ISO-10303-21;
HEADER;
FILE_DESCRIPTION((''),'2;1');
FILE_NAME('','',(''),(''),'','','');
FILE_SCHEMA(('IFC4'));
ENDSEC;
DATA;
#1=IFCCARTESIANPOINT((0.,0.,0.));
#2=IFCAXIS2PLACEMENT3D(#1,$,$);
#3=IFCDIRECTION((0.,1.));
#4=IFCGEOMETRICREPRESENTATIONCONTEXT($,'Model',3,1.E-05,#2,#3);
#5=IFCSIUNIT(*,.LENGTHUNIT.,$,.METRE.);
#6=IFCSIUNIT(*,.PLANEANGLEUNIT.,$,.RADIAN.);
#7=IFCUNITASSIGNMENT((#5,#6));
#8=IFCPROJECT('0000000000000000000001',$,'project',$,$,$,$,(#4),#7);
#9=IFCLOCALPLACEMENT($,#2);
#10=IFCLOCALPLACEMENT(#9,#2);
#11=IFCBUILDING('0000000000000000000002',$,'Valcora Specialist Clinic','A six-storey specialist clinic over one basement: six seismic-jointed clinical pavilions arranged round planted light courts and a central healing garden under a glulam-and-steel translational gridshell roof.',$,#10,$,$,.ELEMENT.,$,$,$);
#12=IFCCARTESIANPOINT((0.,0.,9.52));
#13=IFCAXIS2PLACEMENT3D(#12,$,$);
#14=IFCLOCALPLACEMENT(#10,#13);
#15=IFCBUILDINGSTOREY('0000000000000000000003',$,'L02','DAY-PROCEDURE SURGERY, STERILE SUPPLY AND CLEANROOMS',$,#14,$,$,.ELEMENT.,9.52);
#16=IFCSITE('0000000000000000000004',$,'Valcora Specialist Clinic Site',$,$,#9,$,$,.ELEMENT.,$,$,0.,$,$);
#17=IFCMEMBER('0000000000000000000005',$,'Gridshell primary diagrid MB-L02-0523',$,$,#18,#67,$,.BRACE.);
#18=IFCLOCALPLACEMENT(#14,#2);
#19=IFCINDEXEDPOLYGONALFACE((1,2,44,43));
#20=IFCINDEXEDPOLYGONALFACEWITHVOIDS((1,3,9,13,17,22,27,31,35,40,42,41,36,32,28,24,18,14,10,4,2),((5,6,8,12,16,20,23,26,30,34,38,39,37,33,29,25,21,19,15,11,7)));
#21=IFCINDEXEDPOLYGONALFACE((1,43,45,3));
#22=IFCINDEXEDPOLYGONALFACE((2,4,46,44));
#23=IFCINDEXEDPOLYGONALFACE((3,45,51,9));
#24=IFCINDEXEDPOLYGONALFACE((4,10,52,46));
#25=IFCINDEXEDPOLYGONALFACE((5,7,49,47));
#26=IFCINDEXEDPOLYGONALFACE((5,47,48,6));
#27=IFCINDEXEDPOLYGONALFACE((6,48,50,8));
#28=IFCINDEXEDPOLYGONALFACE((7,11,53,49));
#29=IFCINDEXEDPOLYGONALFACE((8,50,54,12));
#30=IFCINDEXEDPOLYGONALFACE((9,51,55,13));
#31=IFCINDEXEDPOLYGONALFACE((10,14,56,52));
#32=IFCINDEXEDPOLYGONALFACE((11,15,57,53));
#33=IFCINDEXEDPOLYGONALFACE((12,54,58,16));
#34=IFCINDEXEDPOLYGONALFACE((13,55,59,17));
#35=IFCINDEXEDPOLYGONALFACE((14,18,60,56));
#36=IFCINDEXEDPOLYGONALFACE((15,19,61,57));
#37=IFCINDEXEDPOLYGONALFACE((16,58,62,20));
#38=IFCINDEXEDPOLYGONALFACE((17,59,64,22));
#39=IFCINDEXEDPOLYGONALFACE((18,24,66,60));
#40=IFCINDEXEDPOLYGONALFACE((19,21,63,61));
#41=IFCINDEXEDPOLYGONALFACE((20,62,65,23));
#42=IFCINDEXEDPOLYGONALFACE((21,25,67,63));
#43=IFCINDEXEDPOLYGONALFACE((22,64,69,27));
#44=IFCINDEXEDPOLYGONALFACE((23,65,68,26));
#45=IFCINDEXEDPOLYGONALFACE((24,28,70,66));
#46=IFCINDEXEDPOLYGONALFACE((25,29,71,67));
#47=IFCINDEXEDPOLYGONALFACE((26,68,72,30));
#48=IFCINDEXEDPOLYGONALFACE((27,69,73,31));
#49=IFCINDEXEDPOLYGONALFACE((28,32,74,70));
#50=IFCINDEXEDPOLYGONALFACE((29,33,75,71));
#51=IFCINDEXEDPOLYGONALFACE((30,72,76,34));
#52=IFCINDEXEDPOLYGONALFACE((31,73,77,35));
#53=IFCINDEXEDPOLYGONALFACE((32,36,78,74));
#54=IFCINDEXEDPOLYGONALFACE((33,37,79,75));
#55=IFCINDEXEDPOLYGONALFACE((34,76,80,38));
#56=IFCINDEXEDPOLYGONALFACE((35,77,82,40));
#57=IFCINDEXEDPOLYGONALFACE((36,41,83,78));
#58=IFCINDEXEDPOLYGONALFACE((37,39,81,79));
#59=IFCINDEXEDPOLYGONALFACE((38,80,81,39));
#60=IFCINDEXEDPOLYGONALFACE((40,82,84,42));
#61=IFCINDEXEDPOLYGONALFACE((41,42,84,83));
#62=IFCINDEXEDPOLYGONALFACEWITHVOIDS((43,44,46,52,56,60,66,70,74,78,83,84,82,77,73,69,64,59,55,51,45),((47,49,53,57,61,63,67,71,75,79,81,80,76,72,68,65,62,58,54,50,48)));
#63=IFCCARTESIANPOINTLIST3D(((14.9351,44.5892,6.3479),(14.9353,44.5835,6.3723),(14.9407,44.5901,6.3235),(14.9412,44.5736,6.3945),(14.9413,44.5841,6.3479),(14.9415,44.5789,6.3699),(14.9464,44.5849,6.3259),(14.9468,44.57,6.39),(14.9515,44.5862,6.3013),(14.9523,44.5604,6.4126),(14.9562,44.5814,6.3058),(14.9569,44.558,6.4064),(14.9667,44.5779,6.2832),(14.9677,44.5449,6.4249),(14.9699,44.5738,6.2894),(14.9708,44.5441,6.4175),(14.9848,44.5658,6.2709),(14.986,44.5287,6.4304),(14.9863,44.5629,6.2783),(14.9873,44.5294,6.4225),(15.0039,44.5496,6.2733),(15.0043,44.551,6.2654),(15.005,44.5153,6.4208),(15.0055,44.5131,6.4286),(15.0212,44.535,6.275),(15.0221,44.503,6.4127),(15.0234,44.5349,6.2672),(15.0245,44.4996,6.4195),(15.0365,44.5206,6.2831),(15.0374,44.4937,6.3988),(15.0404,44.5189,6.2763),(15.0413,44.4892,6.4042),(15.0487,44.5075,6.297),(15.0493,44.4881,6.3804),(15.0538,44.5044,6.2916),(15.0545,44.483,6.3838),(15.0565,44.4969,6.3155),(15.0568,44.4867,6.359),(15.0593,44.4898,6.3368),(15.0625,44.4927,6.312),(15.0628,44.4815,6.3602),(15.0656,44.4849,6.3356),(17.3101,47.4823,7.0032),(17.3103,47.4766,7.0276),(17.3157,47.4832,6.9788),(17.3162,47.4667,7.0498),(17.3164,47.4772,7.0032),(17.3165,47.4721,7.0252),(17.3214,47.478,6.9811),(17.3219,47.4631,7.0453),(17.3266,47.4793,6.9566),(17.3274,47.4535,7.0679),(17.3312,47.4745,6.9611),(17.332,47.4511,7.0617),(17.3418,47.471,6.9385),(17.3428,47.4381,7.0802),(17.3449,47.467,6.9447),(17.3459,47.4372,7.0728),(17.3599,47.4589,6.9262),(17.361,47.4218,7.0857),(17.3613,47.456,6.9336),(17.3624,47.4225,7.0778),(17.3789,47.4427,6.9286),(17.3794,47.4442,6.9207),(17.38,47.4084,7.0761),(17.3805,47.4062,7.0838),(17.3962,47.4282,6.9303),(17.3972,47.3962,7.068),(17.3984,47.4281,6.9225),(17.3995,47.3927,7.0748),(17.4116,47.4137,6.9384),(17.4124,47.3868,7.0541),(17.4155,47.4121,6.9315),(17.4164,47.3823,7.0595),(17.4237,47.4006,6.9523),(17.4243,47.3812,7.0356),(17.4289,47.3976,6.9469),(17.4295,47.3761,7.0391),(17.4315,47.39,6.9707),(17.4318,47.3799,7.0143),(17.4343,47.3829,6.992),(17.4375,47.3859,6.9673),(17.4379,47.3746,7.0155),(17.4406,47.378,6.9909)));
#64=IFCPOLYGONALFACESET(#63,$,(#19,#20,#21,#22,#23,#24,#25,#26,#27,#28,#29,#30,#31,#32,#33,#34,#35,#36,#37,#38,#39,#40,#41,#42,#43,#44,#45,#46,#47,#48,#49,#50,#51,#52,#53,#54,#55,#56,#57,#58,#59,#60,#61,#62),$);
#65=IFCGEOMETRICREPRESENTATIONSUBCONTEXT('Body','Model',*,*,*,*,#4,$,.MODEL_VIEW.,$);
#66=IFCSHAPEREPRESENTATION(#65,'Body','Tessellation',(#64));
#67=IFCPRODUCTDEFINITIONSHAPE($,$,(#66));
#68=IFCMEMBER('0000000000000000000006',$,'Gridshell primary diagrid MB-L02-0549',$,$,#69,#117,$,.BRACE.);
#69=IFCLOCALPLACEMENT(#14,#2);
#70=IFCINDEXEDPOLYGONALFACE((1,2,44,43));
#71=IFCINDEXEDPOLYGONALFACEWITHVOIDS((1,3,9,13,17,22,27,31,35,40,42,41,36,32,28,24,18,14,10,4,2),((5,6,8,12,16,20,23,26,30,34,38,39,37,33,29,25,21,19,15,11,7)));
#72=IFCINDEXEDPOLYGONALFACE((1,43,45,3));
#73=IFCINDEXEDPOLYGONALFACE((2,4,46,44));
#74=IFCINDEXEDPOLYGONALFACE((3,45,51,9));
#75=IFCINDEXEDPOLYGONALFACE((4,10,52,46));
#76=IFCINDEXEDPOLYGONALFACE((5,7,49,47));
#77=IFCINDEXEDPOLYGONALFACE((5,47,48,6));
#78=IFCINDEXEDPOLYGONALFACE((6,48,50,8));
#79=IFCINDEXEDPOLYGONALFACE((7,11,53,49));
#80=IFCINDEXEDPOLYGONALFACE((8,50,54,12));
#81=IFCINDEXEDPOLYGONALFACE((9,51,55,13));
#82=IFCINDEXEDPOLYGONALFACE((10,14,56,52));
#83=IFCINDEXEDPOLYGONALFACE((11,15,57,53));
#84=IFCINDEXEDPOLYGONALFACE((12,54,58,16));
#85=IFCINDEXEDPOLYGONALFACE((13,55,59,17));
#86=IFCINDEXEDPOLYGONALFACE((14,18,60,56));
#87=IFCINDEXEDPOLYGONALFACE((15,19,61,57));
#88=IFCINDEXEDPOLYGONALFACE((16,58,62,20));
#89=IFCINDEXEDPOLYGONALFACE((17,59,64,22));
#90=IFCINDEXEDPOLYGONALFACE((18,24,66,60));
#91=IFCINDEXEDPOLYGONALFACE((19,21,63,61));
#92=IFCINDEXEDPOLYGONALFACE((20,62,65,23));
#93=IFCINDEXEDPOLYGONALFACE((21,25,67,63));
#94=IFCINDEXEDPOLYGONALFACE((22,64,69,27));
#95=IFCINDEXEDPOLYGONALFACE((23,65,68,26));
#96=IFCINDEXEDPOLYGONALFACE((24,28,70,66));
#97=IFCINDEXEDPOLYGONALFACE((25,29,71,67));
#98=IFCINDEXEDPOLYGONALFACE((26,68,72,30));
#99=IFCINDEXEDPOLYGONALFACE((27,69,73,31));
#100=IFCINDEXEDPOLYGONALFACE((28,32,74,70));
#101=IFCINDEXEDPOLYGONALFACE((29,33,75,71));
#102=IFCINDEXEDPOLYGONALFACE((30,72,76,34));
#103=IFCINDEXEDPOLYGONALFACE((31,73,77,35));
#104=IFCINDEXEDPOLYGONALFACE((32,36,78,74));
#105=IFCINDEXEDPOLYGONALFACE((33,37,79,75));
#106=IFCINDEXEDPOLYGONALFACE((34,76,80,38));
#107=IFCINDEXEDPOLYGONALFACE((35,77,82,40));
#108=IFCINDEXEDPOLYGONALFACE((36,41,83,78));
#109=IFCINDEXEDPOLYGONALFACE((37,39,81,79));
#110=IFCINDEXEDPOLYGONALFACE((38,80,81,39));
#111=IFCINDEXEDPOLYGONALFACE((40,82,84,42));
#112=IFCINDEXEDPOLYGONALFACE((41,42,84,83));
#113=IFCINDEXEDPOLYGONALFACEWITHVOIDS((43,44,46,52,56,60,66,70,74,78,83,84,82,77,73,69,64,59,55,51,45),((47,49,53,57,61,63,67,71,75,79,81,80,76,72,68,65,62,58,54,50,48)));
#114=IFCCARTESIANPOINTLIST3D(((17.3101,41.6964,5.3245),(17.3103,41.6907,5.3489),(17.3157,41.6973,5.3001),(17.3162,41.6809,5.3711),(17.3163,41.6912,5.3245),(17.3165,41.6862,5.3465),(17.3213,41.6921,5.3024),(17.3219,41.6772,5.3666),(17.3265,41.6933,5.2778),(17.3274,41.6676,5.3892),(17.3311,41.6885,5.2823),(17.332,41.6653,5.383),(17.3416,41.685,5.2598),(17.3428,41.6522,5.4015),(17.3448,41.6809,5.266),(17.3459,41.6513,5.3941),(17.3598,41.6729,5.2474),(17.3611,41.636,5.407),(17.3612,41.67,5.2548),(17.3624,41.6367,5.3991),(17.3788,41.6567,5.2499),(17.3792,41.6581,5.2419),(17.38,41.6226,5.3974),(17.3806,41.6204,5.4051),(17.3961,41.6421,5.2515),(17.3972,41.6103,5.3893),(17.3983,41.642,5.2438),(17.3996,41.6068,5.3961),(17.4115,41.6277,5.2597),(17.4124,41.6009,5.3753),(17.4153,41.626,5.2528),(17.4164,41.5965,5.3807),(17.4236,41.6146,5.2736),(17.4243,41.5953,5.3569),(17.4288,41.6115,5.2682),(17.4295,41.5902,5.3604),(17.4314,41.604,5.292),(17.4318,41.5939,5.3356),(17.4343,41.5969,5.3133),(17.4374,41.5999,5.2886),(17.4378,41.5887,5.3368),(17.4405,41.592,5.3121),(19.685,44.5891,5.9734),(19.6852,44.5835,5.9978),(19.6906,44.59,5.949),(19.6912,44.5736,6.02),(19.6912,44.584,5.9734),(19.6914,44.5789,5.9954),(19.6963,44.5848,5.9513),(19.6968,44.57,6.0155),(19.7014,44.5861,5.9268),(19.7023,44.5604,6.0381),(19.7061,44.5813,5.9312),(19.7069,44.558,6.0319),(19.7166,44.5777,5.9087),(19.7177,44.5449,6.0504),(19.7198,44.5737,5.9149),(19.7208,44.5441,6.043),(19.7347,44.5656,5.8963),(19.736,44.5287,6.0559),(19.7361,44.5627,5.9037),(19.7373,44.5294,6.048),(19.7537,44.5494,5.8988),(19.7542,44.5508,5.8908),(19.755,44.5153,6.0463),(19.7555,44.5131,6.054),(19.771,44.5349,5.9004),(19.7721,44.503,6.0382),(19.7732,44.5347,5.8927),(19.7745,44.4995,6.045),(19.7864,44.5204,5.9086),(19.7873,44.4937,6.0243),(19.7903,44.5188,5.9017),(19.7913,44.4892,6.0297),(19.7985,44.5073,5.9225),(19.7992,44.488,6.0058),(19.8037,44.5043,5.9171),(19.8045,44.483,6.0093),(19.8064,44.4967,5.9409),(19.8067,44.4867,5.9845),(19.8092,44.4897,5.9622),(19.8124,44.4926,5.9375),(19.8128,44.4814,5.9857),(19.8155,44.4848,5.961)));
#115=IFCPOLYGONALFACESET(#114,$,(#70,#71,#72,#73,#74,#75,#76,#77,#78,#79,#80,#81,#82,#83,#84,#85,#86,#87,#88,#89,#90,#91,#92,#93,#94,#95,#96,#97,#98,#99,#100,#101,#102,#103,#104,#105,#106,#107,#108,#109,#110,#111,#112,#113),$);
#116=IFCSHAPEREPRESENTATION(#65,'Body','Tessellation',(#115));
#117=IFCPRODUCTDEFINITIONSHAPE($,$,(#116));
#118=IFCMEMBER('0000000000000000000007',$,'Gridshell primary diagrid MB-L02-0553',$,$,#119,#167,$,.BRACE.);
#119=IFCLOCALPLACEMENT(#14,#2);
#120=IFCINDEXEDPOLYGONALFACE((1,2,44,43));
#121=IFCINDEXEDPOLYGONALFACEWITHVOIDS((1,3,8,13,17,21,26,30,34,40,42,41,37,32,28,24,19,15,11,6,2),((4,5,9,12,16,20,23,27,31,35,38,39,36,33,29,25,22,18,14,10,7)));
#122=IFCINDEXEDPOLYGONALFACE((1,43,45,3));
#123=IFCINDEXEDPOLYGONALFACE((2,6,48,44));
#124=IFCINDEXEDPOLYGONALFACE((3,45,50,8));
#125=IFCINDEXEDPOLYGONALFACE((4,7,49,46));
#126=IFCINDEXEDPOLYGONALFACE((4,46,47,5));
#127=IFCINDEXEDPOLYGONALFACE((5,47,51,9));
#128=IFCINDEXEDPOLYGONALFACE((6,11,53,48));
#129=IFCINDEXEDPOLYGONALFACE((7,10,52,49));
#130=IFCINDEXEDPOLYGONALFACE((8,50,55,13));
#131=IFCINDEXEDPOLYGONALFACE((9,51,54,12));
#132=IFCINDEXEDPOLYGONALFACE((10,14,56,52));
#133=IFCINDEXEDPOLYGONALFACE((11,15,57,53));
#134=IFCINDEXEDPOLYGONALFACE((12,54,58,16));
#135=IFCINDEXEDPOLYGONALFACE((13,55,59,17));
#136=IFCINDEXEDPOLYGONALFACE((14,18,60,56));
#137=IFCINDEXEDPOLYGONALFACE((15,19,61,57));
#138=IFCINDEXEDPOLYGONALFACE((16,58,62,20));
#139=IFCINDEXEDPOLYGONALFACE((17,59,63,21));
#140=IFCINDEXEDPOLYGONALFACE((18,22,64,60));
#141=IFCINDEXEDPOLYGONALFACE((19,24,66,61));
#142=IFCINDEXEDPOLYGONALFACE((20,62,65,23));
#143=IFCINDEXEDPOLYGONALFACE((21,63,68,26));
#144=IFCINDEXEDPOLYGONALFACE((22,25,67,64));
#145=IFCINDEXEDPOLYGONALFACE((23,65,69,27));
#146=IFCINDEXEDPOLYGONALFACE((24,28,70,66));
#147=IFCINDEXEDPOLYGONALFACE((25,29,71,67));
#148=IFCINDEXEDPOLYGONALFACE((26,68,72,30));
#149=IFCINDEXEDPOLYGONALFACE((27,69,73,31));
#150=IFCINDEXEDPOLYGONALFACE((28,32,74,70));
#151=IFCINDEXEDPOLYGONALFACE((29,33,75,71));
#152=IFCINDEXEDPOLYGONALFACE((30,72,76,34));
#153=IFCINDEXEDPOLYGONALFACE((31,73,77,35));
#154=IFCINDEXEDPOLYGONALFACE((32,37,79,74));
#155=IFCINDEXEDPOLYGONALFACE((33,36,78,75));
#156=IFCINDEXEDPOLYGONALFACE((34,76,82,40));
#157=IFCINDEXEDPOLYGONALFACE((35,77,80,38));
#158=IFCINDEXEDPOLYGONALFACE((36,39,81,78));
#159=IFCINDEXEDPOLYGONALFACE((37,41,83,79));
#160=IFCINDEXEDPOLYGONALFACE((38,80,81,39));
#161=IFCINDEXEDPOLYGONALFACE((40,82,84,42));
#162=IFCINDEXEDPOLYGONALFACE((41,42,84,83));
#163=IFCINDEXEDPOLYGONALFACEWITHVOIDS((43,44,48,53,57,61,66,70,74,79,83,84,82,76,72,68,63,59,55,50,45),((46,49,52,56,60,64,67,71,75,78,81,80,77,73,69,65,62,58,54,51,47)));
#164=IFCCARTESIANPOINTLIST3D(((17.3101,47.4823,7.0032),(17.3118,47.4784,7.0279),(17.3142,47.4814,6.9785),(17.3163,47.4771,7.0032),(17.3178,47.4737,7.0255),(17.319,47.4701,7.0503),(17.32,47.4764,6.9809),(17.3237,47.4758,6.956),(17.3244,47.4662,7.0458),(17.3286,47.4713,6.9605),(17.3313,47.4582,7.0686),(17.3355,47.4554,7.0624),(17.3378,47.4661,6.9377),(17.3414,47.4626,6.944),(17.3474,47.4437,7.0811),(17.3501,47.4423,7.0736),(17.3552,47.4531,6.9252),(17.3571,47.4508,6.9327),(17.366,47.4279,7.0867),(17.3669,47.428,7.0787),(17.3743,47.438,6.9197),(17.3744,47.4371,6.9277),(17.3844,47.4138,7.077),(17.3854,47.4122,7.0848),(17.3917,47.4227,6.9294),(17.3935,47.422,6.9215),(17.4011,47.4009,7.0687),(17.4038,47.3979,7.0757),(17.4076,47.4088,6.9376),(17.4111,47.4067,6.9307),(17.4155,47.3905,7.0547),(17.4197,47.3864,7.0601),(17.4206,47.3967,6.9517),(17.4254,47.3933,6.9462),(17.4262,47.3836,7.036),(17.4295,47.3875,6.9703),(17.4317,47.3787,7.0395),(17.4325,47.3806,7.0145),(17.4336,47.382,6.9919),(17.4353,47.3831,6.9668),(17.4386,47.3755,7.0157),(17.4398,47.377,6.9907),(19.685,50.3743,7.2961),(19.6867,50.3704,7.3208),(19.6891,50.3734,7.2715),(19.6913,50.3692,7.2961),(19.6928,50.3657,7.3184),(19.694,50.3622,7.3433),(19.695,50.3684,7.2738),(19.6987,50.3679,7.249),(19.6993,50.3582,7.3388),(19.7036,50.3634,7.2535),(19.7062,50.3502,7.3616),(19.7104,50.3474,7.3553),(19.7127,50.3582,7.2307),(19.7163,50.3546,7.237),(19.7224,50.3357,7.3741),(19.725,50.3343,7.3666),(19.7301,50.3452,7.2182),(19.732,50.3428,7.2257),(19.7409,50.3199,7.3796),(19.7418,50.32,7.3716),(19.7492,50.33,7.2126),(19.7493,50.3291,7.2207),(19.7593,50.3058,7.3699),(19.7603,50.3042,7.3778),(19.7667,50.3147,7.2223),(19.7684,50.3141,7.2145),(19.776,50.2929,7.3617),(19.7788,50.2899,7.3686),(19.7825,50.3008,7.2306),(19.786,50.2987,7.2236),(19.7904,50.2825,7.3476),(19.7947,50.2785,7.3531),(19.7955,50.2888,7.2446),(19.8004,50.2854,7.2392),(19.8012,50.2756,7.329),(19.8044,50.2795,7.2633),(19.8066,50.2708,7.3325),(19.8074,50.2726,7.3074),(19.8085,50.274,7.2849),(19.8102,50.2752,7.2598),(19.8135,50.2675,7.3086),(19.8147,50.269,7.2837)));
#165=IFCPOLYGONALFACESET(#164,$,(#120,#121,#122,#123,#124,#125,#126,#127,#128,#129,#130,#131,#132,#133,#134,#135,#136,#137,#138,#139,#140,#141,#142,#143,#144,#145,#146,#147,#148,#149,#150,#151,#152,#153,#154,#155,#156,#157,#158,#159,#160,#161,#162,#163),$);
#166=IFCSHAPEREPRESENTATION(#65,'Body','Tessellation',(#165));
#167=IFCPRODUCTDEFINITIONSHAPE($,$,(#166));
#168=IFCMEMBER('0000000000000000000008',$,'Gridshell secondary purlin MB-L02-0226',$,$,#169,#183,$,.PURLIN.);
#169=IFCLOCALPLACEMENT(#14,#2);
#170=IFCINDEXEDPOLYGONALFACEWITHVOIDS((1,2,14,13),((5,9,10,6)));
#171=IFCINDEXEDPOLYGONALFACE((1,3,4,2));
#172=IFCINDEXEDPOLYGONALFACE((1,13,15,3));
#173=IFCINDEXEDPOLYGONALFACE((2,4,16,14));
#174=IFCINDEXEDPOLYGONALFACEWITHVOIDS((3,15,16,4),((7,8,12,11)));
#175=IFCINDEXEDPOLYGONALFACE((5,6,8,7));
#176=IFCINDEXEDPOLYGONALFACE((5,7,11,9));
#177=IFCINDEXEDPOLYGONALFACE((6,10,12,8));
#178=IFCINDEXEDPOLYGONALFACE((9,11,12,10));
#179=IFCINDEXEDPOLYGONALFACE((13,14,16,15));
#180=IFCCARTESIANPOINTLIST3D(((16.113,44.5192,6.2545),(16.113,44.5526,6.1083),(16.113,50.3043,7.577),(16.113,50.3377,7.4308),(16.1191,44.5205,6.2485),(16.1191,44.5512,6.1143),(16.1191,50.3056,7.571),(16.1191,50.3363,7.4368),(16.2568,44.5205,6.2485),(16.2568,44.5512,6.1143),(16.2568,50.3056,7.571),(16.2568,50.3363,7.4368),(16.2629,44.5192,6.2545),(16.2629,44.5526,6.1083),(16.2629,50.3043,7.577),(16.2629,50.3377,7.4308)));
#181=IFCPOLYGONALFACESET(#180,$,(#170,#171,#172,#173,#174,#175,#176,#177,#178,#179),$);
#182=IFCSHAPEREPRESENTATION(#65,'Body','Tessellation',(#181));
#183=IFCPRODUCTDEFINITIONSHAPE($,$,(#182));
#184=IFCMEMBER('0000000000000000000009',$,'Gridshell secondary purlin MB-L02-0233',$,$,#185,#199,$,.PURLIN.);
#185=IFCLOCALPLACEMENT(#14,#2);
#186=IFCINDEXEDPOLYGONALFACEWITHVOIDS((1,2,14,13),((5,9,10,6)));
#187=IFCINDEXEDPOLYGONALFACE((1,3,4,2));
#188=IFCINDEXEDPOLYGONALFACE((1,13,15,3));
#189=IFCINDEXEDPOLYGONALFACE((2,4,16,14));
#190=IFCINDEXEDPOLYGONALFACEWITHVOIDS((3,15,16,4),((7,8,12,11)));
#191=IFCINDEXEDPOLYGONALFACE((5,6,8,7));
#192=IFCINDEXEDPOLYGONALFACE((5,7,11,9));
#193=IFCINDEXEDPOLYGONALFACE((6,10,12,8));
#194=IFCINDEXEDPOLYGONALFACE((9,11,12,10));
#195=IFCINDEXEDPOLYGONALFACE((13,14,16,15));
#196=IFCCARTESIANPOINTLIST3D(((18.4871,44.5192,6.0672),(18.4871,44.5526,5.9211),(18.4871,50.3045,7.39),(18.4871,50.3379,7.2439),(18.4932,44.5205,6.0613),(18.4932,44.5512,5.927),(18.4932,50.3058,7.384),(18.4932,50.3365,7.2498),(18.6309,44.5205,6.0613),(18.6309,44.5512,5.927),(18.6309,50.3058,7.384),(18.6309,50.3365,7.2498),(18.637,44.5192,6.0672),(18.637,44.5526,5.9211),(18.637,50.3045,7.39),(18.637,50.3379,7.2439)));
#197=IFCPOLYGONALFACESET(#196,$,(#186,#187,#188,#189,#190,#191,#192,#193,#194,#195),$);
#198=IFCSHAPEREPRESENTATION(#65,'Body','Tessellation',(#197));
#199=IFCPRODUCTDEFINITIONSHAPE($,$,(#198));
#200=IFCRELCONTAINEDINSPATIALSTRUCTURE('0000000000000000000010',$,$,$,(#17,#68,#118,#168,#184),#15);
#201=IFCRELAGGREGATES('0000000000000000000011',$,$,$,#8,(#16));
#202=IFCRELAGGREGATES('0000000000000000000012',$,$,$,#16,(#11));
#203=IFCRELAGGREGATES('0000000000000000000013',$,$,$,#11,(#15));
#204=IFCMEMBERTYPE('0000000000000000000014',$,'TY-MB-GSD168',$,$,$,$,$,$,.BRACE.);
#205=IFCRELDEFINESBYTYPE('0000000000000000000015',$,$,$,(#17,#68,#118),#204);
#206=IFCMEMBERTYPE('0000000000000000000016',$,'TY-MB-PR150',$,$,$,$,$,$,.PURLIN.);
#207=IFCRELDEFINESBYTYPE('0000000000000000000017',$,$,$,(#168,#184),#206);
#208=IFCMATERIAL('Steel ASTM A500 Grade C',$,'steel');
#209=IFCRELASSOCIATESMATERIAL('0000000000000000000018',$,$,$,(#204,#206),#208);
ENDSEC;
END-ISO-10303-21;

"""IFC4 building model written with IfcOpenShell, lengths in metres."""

from ifc_helpers import new_model, si_unit, direction, frame, origin, origin_2d, place, context, subcontext, project, spatial, hollow_rectangle, hollow_circle, extrude, material, material_profile, profile_set, type_object, element, save


model = new_model("IFC4")

# Units and contexts
model_context = context("Model", 3, precision=1e-05, world=origin(), true_north=direction((0.0, 1.0)))
body_context = subcontext(model_context, "Body", "Model", "MODEL_VIEW")
ifc_project = project(units=[si_unit("LENGTHUNIT", "METRE"), si_unit("PLANEANGLEUNIT", "RADIAN")], contexts=[model_context])

# Site, building, storey
site_placement = place(None, origin())
site = spatial("IfcSite", under=ifc_project, at=site_placement, Name="Valcora Specialist Clinic Site", CompositionType="ELEMENT", RefElevation=0.0)
building_placement = place(site_placement, origin())
building = spatial("IfcBuilding", under=site, at=building_placement, Name="Valcora Specialist Clinic", Description="A six-storey specialist clinic over one basement: six seismic-jointed clinical pavilions arranged round planted light courts and a central healing garden under a glulam-and-steel translational gridshell roof.", CompositionType="ELEMENT")
storey_placement = place(building_placement, frame((0.0, 0.0, 9.52)))
storey = spatial("IfcBuildingStorey", under=building, at=storey_placement, Name="L02", Description="DAY-PROCEDURE SURGERY, STERILE SUPPLY AND CLEANROOMS", CompositionType="ELEMENT", Elevation=9.52)

# Members
ifc_material_1 = material(Name="Steel ASTM A500 Grade C", Category="steel")
ifc_material_profile_1 = material_profile(ifc_material_1, hollow_circle(Radius=0.084, WallThickness=0.0081, at=origin_2d()), Name="ST-CHS-168X8")
ifc_profile_set_1 = profile_set([ifc_material_profile_1], Name="Steel ASTM A500 Grade C")
member_type_1 = type_object("IfcMemberType", Name="TY-MB-GSD168", PredefinedType="BRACE", material=ifc_profile_set_1)
member_1_placement = place(storey_placement, frame((15.0, 44.5359, 6.3479), z_axis=(0.625003, 0.761337, 0.172441), x_axis=(-0.772916, 0.634508, 0.0)))
element("IfcMember", 1, at=member_1_placement, inside=storey, type_object=member_type_1, Name="Gridshell primary diagrid MB-L02-0523", PredefinedType="BRACE", context=body_context, shape_type="SweptSolid", body=[
    extrude(hollow_circle(Radius=0.084, WallThickness=0.0081, at=origin_2d()), origin(), (0.0, 0.0, 1.0), 3.8),
])
member_2_placement = place(storey_placement, frame((17.375, 41.6431, 5.3245), z_axis=(0.625213, 0.761529, 0.170828), x_axis=(-0.77289, 0.63454, 0.0)))
element("IfcMember", 2, at=member_2_placement, inside=storey, type_object=member_type_1, Name="Gridshell primary diagrid MB-L02-0549", PredefinedType="BRACE", context=body_context, shape_type="SweptSolid", body=[
    extrude(hollow_circle(Radius=0.084, WallThickness=0.0081, at=origin_2d()), origin(), (0.0, 0.0, 1.0), 3.7986),
])
member_3_placement = place(storey_placement, frame((17.375, 47.429, 7.0032), z_axis=(0.632701, 0.770453, 0.078047), x_axis=(-0.772811, 0.634636, 0.0)))
element("IfcMember", 3, at=member_3_placement, inside=storey, type_object=member_type_1, Name="Gridshell primary diagrid MB-L02-0553", PredefinedType="BRACE", context=body_context, shape_type="SweptSolid", body=[
    extrude(hollow_circle(Radius=0.084, WallThickness=0.0081, at=origin_2d()), origin(), (0.0, 0.0, 1.0), 3.7537),
])
ifc_material_profile_2 = material_profile(ifc_material_1, hollow_rectangle(XDim=0.1499, YDim=0.1499, WallThickness=0.0061, at=origin_2d()), Name="ST-RHS-150X150X6")
ifc_profile_set_2 = profile_set([ifc_material_profile_2], Name="Steel ASTM A500 Grade C")
member_type_2 = type_object("IfcMemberType", Name="TY-MB-PR150", PredefinedType="PURLIN", material=ifc_profile_set_2)
member_4_placement = place(storey_placement, frame((16.188, 44.5359, 6.1814), z_axis=(0.0, 0.974852, 0.222855), x_axis=(-1.0, 0.0, 0.0)))
element("IfcMember", 4, at=member_4_placement, inside=storey, type_object=member_type_2, Name="Gridshell secondary purlin MB-L02-0226", PredefinedType="PURLIN", context=body_context, shape_type="SweptSolid", body=[
    extrude(hollow_rectangle(XDim=0.1499, YDim=0.1499, WallThickness=0.0061, at=origin_2d()), origin(), (0.0, 0.0, 1.0), 5.9343),
])
member_5_placement = place(storey_placement, frame((18.562, 44.5359, 5.9941), z_axis=(0.0, 0.974843, 0.222894), x_axis=(-1.0, 0.0, 0.0)))
element("IfcMember", 5, at=member_5_placement, inside=storey, type_object=member_type_2, Name="Gridshell secondary purlin MB-L02-0233", PredefinedType="PURLIN", context=body_context, shape_type="SweptSolid", body=[
    extrude(hollow_rectangle(XDim=0.1499, YDim=0.1499, WallThickness=0.0061, at=origin_2d()), origin(), (0.0, 0.0, 1.0), 5.9346),
])

save(model, "model.ifc")
